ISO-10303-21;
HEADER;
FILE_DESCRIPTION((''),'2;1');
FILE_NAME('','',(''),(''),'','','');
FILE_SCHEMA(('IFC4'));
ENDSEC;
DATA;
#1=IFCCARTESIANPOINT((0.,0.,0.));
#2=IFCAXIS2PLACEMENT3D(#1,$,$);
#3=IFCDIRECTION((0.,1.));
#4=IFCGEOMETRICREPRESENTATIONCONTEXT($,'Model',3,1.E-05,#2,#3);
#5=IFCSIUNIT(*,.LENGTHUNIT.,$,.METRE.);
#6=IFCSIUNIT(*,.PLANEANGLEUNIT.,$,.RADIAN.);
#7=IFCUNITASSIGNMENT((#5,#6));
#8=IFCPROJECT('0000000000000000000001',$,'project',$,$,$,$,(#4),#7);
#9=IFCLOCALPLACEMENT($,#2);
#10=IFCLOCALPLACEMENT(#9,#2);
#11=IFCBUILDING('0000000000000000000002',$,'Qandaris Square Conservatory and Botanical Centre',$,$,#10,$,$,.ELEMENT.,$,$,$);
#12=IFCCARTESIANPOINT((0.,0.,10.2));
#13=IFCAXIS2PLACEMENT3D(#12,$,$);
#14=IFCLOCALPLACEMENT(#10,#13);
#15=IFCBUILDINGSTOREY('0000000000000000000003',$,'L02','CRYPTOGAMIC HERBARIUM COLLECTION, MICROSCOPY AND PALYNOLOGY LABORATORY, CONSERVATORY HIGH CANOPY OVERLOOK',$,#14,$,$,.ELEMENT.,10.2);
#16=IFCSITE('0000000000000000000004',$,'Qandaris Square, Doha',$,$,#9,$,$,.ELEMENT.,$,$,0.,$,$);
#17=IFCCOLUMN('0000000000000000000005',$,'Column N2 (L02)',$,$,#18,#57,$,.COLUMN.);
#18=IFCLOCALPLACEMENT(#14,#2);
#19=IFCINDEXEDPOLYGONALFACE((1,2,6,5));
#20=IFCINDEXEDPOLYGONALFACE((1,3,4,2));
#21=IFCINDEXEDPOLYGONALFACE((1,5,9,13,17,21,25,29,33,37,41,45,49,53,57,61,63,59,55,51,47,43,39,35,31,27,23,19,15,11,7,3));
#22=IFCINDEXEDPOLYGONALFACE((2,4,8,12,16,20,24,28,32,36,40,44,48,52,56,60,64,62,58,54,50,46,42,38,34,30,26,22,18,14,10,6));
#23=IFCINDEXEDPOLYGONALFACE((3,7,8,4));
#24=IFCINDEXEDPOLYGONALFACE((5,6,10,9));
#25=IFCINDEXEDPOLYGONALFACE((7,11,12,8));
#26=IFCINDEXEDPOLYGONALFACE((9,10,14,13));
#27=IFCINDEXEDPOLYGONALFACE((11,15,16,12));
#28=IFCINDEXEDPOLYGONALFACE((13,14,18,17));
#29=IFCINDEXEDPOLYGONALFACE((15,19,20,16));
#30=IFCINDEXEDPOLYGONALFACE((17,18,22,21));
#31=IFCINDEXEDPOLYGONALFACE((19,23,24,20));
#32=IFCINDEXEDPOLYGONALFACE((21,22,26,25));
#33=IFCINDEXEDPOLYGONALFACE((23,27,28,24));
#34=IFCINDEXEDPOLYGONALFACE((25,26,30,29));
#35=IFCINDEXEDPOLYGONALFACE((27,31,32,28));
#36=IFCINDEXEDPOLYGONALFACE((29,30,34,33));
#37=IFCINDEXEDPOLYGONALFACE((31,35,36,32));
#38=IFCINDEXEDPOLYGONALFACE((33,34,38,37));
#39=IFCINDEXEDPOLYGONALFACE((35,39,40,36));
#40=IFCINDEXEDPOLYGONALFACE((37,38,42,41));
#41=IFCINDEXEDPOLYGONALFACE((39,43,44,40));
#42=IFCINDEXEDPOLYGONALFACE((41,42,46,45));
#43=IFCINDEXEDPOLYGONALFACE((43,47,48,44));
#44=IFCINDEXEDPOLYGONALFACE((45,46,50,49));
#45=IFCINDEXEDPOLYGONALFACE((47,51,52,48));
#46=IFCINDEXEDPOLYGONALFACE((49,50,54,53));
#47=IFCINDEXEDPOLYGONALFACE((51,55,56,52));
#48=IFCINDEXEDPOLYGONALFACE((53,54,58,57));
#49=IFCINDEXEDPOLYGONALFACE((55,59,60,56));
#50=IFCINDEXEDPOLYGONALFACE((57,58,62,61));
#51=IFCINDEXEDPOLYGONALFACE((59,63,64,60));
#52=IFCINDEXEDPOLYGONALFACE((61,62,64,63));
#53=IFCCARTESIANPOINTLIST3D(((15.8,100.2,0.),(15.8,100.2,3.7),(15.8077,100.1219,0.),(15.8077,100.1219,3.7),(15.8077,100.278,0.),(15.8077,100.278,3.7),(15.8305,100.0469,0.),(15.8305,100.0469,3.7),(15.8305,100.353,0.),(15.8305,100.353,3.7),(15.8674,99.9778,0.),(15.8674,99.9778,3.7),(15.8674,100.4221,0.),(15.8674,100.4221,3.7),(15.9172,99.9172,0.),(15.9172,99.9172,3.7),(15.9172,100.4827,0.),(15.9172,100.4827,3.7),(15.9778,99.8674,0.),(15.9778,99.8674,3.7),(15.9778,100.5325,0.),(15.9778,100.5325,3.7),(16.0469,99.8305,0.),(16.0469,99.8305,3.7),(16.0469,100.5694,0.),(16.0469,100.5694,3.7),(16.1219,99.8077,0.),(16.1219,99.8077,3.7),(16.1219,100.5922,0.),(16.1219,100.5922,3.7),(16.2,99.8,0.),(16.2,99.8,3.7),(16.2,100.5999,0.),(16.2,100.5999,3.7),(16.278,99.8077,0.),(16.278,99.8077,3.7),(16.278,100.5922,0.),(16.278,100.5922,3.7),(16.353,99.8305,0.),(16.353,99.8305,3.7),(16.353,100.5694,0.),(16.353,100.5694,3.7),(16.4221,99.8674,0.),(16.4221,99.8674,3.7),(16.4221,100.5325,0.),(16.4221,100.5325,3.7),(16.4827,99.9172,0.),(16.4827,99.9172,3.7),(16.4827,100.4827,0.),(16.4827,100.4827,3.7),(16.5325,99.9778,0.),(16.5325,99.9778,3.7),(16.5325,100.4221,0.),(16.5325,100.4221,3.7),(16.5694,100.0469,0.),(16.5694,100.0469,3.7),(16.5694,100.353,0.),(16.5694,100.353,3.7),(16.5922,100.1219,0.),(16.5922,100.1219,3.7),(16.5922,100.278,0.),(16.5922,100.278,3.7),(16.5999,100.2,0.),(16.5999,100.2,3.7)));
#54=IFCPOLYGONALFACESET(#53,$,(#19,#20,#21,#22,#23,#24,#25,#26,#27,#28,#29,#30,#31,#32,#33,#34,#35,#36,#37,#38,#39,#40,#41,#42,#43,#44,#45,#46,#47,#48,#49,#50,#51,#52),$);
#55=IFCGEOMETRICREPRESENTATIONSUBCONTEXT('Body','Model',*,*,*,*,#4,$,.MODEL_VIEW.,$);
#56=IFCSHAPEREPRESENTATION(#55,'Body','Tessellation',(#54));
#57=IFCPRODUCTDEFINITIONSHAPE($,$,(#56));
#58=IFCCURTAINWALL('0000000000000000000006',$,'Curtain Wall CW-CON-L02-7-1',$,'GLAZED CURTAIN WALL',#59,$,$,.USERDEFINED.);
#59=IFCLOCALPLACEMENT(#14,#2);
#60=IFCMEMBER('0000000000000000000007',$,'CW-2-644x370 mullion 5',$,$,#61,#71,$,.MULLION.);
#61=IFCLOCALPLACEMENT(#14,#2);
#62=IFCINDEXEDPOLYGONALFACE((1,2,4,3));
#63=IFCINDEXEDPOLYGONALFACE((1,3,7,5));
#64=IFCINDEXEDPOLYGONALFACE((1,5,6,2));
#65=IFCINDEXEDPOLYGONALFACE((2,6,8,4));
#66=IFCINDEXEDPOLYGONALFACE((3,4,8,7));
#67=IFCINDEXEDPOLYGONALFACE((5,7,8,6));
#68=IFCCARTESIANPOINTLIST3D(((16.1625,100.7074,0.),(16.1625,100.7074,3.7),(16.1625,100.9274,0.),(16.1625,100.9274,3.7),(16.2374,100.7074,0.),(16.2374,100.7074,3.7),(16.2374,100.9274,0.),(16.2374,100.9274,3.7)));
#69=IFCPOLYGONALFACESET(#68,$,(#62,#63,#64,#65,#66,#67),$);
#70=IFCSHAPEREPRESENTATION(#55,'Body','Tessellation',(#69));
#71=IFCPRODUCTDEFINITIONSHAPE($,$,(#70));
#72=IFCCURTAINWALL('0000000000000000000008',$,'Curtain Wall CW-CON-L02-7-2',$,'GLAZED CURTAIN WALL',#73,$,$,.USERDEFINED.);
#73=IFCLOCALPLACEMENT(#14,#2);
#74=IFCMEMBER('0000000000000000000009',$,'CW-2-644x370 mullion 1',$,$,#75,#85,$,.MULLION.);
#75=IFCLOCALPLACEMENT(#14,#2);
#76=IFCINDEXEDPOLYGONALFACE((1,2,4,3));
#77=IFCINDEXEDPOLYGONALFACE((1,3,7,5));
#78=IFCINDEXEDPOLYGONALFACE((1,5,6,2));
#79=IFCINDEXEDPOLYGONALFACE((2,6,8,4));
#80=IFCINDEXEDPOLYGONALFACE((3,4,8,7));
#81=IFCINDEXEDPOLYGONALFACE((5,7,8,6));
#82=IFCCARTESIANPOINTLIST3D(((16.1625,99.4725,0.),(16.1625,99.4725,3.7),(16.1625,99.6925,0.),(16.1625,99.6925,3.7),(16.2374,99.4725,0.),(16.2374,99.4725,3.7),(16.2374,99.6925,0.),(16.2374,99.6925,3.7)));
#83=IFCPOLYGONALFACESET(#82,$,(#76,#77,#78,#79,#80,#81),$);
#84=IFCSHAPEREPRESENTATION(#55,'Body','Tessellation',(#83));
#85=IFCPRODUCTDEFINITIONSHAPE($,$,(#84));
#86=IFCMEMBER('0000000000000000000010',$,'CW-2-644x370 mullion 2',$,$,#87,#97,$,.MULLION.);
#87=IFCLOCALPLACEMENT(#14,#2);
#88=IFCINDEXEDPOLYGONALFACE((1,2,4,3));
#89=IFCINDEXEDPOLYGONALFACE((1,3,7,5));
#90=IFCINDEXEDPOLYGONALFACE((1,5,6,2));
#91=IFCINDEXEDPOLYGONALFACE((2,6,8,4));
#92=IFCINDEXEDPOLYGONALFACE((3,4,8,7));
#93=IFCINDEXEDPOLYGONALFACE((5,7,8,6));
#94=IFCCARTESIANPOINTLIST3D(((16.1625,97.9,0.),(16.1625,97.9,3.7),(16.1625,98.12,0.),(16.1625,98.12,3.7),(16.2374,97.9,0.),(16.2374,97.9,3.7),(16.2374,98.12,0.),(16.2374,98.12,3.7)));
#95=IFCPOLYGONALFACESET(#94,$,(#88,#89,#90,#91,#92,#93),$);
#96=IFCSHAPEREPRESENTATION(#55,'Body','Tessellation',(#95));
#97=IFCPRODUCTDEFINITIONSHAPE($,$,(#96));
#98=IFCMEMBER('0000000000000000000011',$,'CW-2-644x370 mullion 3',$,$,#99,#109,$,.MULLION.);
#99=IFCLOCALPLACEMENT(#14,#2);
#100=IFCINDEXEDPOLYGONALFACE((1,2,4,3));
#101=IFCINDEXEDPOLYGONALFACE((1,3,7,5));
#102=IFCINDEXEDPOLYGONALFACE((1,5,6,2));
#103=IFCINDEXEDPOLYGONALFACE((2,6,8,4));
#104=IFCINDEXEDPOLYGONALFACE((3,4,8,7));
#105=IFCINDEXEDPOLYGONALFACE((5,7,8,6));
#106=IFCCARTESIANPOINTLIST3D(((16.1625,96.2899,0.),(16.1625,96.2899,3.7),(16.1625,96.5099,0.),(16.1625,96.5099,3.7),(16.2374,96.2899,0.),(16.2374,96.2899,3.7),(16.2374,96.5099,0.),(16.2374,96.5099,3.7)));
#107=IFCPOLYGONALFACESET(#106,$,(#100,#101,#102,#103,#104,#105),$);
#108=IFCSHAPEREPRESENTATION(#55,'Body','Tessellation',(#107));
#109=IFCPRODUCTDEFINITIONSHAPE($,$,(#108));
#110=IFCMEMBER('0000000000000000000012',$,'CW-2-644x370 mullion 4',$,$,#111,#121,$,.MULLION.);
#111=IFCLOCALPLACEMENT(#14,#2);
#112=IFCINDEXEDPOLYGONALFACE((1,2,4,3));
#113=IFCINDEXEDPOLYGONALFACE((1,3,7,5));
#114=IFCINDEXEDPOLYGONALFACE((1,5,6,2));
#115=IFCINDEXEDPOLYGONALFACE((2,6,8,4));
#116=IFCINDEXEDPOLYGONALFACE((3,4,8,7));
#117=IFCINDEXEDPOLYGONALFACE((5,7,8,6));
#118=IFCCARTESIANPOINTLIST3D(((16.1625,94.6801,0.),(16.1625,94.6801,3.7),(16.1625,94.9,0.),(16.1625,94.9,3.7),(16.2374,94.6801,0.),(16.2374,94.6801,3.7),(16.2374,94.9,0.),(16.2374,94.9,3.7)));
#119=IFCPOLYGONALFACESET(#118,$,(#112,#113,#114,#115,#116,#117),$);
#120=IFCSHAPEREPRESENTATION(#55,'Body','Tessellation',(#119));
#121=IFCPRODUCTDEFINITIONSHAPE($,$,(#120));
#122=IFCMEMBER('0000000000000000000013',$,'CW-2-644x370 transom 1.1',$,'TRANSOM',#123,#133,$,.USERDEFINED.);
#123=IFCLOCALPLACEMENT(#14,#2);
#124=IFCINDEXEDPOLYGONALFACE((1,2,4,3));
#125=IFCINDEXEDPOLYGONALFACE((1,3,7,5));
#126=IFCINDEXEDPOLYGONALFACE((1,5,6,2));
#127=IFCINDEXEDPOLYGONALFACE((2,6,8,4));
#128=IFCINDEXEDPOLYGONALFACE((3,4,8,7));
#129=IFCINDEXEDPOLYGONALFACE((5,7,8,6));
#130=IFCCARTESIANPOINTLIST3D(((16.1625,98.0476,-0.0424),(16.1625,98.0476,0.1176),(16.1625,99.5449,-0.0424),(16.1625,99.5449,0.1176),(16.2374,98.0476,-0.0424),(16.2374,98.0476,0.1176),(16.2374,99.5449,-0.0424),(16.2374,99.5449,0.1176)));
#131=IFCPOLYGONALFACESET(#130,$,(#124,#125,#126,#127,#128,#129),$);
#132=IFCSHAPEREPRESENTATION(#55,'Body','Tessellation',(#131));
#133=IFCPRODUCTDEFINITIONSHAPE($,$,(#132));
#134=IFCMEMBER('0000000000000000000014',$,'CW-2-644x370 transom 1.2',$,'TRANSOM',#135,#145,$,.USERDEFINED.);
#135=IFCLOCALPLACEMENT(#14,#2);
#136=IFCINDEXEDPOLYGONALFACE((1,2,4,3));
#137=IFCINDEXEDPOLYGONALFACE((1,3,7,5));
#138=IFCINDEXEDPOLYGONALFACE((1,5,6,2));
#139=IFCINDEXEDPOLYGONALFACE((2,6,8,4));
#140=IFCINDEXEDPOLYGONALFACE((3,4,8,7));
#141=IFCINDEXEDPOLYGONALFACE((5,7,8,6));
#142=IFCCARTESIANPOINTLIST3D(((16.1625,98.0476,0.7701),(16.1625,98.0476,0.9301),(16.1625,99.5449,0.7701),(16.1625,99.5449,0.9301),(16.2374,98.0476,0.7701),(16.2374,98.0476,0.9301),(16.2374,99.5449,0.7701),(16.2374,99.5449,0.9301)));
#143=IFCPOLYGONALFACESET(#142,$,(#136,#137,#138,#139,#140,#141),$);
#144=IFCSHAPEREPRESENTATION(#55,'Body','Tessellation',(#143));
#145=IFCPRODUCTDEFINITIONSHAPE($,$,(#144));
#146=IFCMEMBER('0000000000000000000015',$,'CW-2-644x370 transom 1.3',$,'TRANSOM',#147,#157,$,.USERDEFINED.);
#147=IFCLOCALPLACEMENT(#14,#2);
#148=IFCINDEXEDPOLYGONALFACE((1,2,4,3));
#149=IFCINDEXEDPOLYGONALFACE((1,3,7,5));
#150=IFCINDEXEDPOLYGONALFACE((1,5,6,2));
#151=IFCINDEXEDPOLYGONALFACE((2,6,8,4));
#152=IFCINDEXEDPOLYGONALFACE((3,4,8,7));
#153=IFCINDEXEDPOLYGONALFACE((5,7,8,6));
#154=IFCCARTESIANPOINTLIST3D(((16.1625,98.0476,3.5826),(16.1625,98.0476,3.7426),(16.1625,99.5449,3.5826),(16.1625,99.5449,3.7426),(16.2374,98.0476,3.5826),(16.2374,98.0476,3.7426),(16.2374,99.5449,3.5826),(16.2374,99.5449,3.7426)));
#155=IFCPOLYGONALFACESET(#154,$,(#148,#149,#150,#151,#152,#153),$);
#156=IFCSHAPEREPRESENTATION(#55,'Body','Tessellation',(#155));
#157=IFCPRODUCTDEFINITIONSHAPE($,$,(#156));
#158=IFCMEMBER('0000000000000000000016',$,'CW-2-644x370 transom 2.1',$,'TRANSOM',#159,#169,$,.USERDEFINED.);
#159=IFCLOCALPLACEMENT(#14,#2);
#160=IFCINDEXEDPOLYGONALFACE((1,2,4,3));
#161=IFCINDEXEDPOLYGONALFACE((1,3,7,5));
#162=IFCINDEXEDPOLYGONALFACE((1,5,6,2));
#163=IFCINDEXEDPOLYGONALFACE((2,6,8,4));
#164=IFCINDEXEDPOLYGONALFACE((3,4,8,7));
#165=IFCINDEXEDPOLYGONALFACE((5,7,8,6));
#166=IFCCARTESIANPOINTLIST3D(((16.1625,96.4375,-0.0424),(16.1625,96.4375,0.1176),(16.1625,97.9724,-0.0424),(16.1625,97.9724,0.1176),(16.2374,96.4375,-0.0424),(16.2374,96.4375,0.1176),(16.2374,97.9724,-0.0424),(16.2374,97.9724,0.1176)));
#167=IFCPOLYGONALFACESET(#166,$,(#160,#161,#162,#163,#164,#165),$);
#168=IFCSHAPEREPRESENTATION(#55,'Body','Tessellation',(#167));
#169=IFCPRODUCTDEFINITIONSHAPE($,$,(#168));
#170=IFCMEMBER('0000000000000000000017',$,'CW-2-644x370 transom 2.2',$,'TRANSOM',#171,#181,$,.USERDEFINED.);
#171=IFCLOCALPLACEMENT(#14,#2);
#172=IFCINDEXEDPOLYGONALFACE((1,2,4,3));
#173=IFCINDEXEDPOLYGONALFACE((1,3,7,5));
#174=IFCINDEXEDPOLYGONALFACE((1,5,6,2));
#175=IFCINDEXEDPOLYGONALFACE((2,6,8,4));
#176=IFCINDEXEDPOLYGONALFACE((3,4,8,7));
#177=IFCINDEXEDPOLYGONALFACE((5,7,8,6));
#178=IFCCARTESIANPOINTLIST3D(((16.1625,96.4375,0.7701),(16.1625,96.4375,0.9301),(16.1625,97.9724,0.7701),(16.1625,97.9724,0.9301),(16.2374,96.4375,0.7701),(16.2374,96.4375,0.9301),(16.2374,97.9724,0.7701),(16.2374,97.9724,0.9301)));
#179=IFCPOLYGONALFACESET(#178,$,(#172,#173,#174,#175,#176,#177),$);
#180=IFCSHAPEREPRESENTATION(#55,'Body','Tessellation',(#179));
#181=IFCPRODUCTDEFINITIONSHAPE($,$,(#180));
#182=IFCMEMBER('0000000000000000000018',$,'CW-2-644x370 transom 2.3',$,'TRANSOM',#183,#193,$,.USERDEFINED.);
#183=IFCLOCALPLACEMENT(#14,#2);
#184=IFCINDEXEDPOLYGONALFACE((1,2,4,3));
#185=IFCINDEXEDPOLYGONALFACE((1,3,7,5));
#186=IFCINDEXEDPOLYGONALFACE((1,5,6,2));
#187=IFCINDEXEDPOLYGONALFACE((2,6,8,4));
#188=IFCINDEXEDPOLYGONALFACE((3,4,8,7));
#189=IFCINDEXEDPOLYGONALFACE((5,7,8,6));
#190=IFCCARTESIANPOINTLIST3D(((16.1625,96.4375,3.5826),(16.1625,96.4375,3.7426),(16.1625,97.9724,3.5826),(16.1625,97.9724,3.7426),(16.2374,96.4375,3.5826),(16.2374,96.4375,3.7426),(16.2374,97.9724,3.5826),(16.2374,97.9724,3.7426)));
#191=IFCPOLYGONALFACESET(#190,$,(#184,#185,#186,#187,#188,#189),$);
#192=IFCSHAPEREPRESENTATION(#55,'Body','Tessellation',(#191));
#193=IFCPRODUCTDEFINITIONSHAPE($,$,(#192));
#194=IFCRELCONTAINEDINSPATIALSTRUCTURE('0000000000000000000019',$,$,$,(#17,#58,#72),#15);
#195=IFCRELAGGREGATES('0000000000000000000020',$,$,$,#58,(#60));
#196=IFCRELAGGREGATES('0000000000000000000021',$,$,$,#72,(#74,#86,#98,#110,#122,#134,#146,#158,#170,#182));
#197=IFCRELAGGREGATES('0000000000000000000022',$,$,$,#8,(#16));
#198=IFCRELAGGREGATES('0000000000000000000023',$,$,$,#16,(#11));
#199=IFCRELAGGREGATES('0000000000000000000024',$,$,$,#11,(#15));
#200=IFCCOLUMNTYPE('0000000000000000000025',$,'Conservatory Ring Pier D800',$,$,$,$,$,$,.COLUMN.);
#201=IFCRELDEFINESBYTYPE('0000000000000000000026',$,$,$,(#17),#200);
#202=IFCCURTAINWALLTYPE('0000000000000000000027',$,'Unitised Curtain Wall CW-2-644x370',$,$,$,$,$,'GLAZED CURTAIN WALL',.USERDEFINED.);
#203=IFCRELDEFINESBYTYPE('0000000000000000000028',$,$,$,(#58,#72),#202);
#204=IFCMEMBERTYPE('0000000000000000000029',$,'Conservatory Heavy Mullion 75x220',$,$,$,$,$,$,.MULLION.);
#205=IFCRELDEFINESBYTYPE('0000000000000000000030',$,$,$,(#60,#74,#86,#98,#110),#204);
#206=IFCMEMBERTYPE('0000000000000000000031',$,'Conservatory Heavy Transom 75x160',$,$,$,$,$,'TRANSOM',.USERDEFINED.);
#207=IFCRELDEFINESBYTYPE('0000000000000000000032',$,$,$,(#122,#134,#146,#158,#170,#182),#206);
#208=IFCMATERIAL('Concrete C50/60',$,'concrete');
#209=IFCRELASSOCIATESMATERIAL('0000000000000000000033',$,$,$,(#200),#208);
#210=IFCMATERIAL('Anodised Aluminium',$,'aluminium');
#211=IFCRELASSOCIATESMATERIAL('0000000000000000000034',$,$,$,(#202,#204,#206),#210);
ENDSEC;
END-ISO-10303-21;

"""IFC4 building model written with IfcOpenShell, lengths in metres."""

from ifc_helpers import new_model, si_unit, direction, frame, origin, origin_2d, place, context, subcontext, project, spatial, rectangle, circle, extrude, material, material_profile, profile_set, type_object, element, aggregate, save


model = new_model("IFC4")

# Units and contexts
model_context = context("Model", 3, precision=1e-05, world=origin(), true_north=direction((0.0, 1.0)))
body_context = subcontext(model_context, "Body", "Model", "MODEL_VIEW")
ifc_project = project(units=[si_unit("LENGTHUNIT", "METRE"), si_unit("PLANEANGLEUNIT", "RADIAN")], contexts=[model_context])

# Site, building, storey
site_placement = place(None, origin())
site = spatial("IfcSite", under=ifc_project, at=site_placement, Name="Qandaris Square, Doha", CompositionType="ELEMENT", RefElevation=0.0)
building_placement = place(site_placement, origin())
building = spatial("IfcBuilding", under=site, at=building_placement, Name="Qandaris Square Conservatory and Botanical Centre", CompositionType="ELEMENT")
storey_placement = place(building_placement, frame((0.0, 0.0, 10.2)))
storey = spatial("IfcBuildingStorey", under=building, at=storey_placement, Name="L02", Description="CRYPTOGAMIC HERBARIUM COLLECTION, MICROSCOPY AND PALYNOLOGY LABORATORY, CONSERVATORY HIGH CANOPY OVERLOOK", CompositionType="ELEMENT", Elevation=10.2)

# Column
ifc_material_1 = material(Name="Concrete C50/60", Category="concrete")
ifc_material_profile_1 = material_profile(ifc_material_1, circle(Radius=0.3999, at=origin_2d()), Name="RC-COL D800")
ifc_profile_set_1 = profile_set([ifc_material_profile_1], Name="Concrete C50/60")
column_type = type_object("IfcColumnType", Name="Conservatory Ring Pier D800", PredefinedType="COLUMN", material=ifc_profile_set_1)
column_placement = place(storey_placement, frame((16.2, 100.2, 0.0), z_axis=(0.0, 0.0, 1.0), x_axis=(1.0, 0.0, 0.0)))
element("IfcColumn", 1, at=column_placement, inside=storey, type_object=column_type, Name="Column N2 (L02)", PredefinedType="COLUMN", context=body_context, shape_type="SweptSolid", body=[
    extrude(circle(Radius=0.3999, at=origin_2d()), origin(), (0.0, 0.0, 1.0), 3.7),
])

# Curtain wall, member
ifc_material_2 = material(Name="Anodised Aluminium", Category="aluminium")
curtain_wall_type = type_object("IfcCurtainWallType", Name="Unitised Curtain Wall CW-2-644x370", ElementType="GLAZED CURTAIN WALL", PredefinedType="USERDEFINED", material=ifc_material_2)
curtain_wall_1_placement = place(storey_placement, origin())
curtain_wall_1 = element("IfcCurtainWall", 2, at=curtain_wall_1_placement, inside=storey, type_object=curtain_wall_type, Name="Curtain Wall CW-CON-L02-7-1", ObjectType="GLAZED CURTAIN WALL", PredefinedType="USERDEFINED")
ifc_material_profile_2 = material_profile(ifc_material_2, rectangle(XDim=0.075, YDim=0.22, at=origin_2d()), Name="ALU-MUL 75x220")
ifc_profile_set_2 = profile_set([ifc_material_profile_2], Name="Anodised Aluminium")
member_type_1 = type_object("IfcMemberType", Name="Conservatory Heavy Mullion 75x220", PredefinedType="MULLION", material=ifc_profile_set_2)
member_1_placement = place(storey_placement, frame((16.2, 100.8174, 0.0), z_axis=(0.0, 0.0, 1.0), x_axis=(1.0, 0.0, 0.0)))
member_1 = element("IfcMember", 3, at=member_1_placement, type_object=member_type_1, Name="CW-2-644x370 mullion 5", PredefinedType="MULLION", context=body_context, shape_type="SweptSolid", body=[
    extrude(rectangle(XDim=0.075, YDim=0.22, at=origin_2d()), origin(), (0.0, 0.0, 1.0), 3.7),
])
aggregate(curtain_wall_1, [member_1])

# Curtain wall, members
curtain_wall_2_placement = place(storey_placement, origin())
curtain_wall_2 = element("IfcCurtainWall", 4, at=curtain_wall_2_placement, inside=storey, type_object=curtain_wall_type, Name="Curtain Wall CW-CON-L02-7-2", ObjectType="GLAZED CURTAIN WALL", PredefinedType="USERDEFINED")
member_2_placement = place(storey_placement, frame((16.2, 99.5825, 0.0), z_axis=(0.0, 0.0, 1.0), x_axis=(1.0, 0.0, 0.0)))
member_2 = element("IfcMember", 5, at=member_2_placement, type_object=member_type_1, Name="CW-2-644x370 mullion 1", PredefinedType="MULLION", context=body_context, shape_type="SweptSolid", body=[
    extrude(rectangle(XDim=0.075, YDim=0.22, at=origin_2d()), origin(), (0.0, 0.0, 1.0), 3.7),
])
member_3_placement = place(storey_placement, frame((16.2, 98.01, 0.0), z_axis=(0.0, 0.0, 1.0), x_axis=(1.0, 0.0, 0.0)))
member_3 = element("IfcMember", 6, at=member_3_placement, type_object=member_type_1, Name="CW-2-644x370 mullion 2", PredefinedType="MULLION", context=body_context, shape_type="SweptSolid", body=[
    extrude(rectangle(XDim=0.075, YDim=0.22, at=origin_2d()), origin(), (0.0, 0.0, 1.0), 3.7),
])
member_4_placement = place(storey_placement, frame((16.2, 96.3999, 0.0), z_axis=(0.0, 0.0, 1.0), x_axis=(1.0, 0.0, 0.0)))
member_4 = element("IfcMember", 7, at=member_4_placement, type_object=member_type_1, Name="CW-2-644x370 mullion 3", PredefinedType="MULLION", context=body_context, shape_type="SweptSolid", body=[
    extrude(rectangle(XDim=0.075, YDim=0.22, at=origin_2d()), origin(), (0.0, 0.0, 1.0), 3.7),
])
member_5_placement = place(storey_placement, frame((16.2, 94.79, 0.0), z_axis=(0.0, 0.0, 1.0), x_axis=(1.0, 0.0, 0.0)))
member_5 = element("IfcMember", 8, at=member_5_placement, type_object=member_type_1, Name="CW-2-644x370 mullion 4", PredefinedType="MULLION", context=body_context, shape_type="SweptSolid", body=[
    extrude(rectangle(XDim=0.075, YDim=0.22, at=origin_2d()), origin(), (0.0, 0.0, 1.0), 3.7),
])
ifc_material_profile_3 = material_profile(ifc_material_2, rectangle(XDim=0.075, YDim=0.1599, at=origin_2d()), Name="ALU-TRN 75x160")
ifc_profile_set_3 = profile_set([ifc_material_profile_3], Name="Anodised Aluminium")
member_type_2 = type_object("IfcMemberType", Name="Conservatory Heavy Transom 75x160", ElementType="TRANSOM", PredefinedType="USERDEFINED", material=ifc_profile_set_3)
member_6_placement = place(storey_placement, frame((16.2, 99.5449, 0.0376), z_axis=(0.0, -1.0, 0.0), x_axis=(1.0, 0.0, 0.0)))
member_6 = element("IfcMember", 9, at=member_6_placement, type_object=member_type_2, Name="CW-2-644x370 transom 1.1", ObjectType="TRANSOM", PredefinedType="USERDEFINED", context=body_context, shape_type="SweptSolid", body=[
    extrude(rectangle(XDim=0.075, YDim=0.1599, at=origin_2d()), origin(), (0.0, 0.0, 1.0), 1.4973),
])
member_7_placement = place(storey_placement, frame((16.2, 99.5449, 0.8501), z_axis=(0.0, -1.0, 0.0), x_axis=(1.0, 0.0, 0.0)))
member_7 = element("IfcMember", 10, at=member_7_placement, type_object=member_type_2, Name="CW-2-644x370 transom 1.2", ObjectType="TRANSOM", PredefinedType="USERDEFINED", context=body_context, shape_type="SweptSolid", body=[
    extrude(rectangle(XDim=0.075, YDim=0.1599, at=origin_2d()), origin(), (0.0, 0.0, 1.0), 1.4973),
])
member_8_placement = place(storey_placement, frame((16.2, 99.5449, 3.6626), z_axis=(0.0, -1.0, 0.0), x_axis=(1.0, 0.0, 0.0)))
member_8 = element("IfcMember", 11, at=member_8_placement, type_object=member_type_2, Name="CW-2-644x370 transom 1.3", ObjectType="TRANSOM", PredefinedType="USERDEFINED", context=body_context, shape_type="SweptSolid", body=[
    extrude(rectangle(XDim=0.075, YDim=0.1599, at=origin_2d()), origin(), (0.0, 0.0, 1.0), 1.4973),
])
member_9_placement = place(storey_placement, frame((16.2, 97.9724, 0.0376), z_axis=(0.0, -1.0, 0.0), x_axis=(1.0, 0.0, 0.0)))
member_9 = element("IfcMember", 12, at=member_9_placement, type_object=member_type_2, Name="CW-2-644x370 transom 2.1", ObjectType="TRANSOM", PredefinedType="USERDEFINED", context=body_context, shape_type="SweptSolid", body=[
    extrude(rectangle(XDim=0.075, YDim=0.1599, at=origin_2d()), origin(), (0.0, 0.0, 1.0), 1.5349),
])
member_10_placement = place(storey_placement, frame((16.2, 97.9724, 0.8501), z_axis=(0.0, -1.0, 0.0), x_axis=(1.0, 0.0, 0.0)))
member_10 = element("IfcMember", 13, at=member_10_placement, type_object=member_type_2, Name="CW-2-644x370 transom 2.2", ObjectType="TRANSOM", PredefinedType="USERDEFINED", context=body_context, shape_type="SweptSolid", body=[
    extrude(rectangle(XDim=0.075, YDim=0.1599, at=origin_2d()), origin(), (0.0, 0.0, 1.0), 1.5349),
])
member_11_placement = place(storey_placement, frame((16.2, 97.9724, 3.6626), z_axis=(0.0, -1.0, 0.0), x_axis=(1.0, 0.0, 0.0)))
member_11 = element("IfcMember", 14, at=member_11_placement, type_object=member_type_2, Name="CW-2-644x370 transom 2.3", ObjectType="TRANSOM", PredefinedType="USERDEFINED", context=body_context, shape_type="SweptSolid", body=[
    extrude(rectangle(XDim=0.075, YDim=0.1599, at=origin_2d()), origin(), (0.0, 0.0, 1.0), 1.5349),
])
aggregate(curtain_wall_2, [member_2, member_3, member_4, member_5, member_6, member_7, member_8, member_9, member_10, member_11])

save(model, "model.ifc")
